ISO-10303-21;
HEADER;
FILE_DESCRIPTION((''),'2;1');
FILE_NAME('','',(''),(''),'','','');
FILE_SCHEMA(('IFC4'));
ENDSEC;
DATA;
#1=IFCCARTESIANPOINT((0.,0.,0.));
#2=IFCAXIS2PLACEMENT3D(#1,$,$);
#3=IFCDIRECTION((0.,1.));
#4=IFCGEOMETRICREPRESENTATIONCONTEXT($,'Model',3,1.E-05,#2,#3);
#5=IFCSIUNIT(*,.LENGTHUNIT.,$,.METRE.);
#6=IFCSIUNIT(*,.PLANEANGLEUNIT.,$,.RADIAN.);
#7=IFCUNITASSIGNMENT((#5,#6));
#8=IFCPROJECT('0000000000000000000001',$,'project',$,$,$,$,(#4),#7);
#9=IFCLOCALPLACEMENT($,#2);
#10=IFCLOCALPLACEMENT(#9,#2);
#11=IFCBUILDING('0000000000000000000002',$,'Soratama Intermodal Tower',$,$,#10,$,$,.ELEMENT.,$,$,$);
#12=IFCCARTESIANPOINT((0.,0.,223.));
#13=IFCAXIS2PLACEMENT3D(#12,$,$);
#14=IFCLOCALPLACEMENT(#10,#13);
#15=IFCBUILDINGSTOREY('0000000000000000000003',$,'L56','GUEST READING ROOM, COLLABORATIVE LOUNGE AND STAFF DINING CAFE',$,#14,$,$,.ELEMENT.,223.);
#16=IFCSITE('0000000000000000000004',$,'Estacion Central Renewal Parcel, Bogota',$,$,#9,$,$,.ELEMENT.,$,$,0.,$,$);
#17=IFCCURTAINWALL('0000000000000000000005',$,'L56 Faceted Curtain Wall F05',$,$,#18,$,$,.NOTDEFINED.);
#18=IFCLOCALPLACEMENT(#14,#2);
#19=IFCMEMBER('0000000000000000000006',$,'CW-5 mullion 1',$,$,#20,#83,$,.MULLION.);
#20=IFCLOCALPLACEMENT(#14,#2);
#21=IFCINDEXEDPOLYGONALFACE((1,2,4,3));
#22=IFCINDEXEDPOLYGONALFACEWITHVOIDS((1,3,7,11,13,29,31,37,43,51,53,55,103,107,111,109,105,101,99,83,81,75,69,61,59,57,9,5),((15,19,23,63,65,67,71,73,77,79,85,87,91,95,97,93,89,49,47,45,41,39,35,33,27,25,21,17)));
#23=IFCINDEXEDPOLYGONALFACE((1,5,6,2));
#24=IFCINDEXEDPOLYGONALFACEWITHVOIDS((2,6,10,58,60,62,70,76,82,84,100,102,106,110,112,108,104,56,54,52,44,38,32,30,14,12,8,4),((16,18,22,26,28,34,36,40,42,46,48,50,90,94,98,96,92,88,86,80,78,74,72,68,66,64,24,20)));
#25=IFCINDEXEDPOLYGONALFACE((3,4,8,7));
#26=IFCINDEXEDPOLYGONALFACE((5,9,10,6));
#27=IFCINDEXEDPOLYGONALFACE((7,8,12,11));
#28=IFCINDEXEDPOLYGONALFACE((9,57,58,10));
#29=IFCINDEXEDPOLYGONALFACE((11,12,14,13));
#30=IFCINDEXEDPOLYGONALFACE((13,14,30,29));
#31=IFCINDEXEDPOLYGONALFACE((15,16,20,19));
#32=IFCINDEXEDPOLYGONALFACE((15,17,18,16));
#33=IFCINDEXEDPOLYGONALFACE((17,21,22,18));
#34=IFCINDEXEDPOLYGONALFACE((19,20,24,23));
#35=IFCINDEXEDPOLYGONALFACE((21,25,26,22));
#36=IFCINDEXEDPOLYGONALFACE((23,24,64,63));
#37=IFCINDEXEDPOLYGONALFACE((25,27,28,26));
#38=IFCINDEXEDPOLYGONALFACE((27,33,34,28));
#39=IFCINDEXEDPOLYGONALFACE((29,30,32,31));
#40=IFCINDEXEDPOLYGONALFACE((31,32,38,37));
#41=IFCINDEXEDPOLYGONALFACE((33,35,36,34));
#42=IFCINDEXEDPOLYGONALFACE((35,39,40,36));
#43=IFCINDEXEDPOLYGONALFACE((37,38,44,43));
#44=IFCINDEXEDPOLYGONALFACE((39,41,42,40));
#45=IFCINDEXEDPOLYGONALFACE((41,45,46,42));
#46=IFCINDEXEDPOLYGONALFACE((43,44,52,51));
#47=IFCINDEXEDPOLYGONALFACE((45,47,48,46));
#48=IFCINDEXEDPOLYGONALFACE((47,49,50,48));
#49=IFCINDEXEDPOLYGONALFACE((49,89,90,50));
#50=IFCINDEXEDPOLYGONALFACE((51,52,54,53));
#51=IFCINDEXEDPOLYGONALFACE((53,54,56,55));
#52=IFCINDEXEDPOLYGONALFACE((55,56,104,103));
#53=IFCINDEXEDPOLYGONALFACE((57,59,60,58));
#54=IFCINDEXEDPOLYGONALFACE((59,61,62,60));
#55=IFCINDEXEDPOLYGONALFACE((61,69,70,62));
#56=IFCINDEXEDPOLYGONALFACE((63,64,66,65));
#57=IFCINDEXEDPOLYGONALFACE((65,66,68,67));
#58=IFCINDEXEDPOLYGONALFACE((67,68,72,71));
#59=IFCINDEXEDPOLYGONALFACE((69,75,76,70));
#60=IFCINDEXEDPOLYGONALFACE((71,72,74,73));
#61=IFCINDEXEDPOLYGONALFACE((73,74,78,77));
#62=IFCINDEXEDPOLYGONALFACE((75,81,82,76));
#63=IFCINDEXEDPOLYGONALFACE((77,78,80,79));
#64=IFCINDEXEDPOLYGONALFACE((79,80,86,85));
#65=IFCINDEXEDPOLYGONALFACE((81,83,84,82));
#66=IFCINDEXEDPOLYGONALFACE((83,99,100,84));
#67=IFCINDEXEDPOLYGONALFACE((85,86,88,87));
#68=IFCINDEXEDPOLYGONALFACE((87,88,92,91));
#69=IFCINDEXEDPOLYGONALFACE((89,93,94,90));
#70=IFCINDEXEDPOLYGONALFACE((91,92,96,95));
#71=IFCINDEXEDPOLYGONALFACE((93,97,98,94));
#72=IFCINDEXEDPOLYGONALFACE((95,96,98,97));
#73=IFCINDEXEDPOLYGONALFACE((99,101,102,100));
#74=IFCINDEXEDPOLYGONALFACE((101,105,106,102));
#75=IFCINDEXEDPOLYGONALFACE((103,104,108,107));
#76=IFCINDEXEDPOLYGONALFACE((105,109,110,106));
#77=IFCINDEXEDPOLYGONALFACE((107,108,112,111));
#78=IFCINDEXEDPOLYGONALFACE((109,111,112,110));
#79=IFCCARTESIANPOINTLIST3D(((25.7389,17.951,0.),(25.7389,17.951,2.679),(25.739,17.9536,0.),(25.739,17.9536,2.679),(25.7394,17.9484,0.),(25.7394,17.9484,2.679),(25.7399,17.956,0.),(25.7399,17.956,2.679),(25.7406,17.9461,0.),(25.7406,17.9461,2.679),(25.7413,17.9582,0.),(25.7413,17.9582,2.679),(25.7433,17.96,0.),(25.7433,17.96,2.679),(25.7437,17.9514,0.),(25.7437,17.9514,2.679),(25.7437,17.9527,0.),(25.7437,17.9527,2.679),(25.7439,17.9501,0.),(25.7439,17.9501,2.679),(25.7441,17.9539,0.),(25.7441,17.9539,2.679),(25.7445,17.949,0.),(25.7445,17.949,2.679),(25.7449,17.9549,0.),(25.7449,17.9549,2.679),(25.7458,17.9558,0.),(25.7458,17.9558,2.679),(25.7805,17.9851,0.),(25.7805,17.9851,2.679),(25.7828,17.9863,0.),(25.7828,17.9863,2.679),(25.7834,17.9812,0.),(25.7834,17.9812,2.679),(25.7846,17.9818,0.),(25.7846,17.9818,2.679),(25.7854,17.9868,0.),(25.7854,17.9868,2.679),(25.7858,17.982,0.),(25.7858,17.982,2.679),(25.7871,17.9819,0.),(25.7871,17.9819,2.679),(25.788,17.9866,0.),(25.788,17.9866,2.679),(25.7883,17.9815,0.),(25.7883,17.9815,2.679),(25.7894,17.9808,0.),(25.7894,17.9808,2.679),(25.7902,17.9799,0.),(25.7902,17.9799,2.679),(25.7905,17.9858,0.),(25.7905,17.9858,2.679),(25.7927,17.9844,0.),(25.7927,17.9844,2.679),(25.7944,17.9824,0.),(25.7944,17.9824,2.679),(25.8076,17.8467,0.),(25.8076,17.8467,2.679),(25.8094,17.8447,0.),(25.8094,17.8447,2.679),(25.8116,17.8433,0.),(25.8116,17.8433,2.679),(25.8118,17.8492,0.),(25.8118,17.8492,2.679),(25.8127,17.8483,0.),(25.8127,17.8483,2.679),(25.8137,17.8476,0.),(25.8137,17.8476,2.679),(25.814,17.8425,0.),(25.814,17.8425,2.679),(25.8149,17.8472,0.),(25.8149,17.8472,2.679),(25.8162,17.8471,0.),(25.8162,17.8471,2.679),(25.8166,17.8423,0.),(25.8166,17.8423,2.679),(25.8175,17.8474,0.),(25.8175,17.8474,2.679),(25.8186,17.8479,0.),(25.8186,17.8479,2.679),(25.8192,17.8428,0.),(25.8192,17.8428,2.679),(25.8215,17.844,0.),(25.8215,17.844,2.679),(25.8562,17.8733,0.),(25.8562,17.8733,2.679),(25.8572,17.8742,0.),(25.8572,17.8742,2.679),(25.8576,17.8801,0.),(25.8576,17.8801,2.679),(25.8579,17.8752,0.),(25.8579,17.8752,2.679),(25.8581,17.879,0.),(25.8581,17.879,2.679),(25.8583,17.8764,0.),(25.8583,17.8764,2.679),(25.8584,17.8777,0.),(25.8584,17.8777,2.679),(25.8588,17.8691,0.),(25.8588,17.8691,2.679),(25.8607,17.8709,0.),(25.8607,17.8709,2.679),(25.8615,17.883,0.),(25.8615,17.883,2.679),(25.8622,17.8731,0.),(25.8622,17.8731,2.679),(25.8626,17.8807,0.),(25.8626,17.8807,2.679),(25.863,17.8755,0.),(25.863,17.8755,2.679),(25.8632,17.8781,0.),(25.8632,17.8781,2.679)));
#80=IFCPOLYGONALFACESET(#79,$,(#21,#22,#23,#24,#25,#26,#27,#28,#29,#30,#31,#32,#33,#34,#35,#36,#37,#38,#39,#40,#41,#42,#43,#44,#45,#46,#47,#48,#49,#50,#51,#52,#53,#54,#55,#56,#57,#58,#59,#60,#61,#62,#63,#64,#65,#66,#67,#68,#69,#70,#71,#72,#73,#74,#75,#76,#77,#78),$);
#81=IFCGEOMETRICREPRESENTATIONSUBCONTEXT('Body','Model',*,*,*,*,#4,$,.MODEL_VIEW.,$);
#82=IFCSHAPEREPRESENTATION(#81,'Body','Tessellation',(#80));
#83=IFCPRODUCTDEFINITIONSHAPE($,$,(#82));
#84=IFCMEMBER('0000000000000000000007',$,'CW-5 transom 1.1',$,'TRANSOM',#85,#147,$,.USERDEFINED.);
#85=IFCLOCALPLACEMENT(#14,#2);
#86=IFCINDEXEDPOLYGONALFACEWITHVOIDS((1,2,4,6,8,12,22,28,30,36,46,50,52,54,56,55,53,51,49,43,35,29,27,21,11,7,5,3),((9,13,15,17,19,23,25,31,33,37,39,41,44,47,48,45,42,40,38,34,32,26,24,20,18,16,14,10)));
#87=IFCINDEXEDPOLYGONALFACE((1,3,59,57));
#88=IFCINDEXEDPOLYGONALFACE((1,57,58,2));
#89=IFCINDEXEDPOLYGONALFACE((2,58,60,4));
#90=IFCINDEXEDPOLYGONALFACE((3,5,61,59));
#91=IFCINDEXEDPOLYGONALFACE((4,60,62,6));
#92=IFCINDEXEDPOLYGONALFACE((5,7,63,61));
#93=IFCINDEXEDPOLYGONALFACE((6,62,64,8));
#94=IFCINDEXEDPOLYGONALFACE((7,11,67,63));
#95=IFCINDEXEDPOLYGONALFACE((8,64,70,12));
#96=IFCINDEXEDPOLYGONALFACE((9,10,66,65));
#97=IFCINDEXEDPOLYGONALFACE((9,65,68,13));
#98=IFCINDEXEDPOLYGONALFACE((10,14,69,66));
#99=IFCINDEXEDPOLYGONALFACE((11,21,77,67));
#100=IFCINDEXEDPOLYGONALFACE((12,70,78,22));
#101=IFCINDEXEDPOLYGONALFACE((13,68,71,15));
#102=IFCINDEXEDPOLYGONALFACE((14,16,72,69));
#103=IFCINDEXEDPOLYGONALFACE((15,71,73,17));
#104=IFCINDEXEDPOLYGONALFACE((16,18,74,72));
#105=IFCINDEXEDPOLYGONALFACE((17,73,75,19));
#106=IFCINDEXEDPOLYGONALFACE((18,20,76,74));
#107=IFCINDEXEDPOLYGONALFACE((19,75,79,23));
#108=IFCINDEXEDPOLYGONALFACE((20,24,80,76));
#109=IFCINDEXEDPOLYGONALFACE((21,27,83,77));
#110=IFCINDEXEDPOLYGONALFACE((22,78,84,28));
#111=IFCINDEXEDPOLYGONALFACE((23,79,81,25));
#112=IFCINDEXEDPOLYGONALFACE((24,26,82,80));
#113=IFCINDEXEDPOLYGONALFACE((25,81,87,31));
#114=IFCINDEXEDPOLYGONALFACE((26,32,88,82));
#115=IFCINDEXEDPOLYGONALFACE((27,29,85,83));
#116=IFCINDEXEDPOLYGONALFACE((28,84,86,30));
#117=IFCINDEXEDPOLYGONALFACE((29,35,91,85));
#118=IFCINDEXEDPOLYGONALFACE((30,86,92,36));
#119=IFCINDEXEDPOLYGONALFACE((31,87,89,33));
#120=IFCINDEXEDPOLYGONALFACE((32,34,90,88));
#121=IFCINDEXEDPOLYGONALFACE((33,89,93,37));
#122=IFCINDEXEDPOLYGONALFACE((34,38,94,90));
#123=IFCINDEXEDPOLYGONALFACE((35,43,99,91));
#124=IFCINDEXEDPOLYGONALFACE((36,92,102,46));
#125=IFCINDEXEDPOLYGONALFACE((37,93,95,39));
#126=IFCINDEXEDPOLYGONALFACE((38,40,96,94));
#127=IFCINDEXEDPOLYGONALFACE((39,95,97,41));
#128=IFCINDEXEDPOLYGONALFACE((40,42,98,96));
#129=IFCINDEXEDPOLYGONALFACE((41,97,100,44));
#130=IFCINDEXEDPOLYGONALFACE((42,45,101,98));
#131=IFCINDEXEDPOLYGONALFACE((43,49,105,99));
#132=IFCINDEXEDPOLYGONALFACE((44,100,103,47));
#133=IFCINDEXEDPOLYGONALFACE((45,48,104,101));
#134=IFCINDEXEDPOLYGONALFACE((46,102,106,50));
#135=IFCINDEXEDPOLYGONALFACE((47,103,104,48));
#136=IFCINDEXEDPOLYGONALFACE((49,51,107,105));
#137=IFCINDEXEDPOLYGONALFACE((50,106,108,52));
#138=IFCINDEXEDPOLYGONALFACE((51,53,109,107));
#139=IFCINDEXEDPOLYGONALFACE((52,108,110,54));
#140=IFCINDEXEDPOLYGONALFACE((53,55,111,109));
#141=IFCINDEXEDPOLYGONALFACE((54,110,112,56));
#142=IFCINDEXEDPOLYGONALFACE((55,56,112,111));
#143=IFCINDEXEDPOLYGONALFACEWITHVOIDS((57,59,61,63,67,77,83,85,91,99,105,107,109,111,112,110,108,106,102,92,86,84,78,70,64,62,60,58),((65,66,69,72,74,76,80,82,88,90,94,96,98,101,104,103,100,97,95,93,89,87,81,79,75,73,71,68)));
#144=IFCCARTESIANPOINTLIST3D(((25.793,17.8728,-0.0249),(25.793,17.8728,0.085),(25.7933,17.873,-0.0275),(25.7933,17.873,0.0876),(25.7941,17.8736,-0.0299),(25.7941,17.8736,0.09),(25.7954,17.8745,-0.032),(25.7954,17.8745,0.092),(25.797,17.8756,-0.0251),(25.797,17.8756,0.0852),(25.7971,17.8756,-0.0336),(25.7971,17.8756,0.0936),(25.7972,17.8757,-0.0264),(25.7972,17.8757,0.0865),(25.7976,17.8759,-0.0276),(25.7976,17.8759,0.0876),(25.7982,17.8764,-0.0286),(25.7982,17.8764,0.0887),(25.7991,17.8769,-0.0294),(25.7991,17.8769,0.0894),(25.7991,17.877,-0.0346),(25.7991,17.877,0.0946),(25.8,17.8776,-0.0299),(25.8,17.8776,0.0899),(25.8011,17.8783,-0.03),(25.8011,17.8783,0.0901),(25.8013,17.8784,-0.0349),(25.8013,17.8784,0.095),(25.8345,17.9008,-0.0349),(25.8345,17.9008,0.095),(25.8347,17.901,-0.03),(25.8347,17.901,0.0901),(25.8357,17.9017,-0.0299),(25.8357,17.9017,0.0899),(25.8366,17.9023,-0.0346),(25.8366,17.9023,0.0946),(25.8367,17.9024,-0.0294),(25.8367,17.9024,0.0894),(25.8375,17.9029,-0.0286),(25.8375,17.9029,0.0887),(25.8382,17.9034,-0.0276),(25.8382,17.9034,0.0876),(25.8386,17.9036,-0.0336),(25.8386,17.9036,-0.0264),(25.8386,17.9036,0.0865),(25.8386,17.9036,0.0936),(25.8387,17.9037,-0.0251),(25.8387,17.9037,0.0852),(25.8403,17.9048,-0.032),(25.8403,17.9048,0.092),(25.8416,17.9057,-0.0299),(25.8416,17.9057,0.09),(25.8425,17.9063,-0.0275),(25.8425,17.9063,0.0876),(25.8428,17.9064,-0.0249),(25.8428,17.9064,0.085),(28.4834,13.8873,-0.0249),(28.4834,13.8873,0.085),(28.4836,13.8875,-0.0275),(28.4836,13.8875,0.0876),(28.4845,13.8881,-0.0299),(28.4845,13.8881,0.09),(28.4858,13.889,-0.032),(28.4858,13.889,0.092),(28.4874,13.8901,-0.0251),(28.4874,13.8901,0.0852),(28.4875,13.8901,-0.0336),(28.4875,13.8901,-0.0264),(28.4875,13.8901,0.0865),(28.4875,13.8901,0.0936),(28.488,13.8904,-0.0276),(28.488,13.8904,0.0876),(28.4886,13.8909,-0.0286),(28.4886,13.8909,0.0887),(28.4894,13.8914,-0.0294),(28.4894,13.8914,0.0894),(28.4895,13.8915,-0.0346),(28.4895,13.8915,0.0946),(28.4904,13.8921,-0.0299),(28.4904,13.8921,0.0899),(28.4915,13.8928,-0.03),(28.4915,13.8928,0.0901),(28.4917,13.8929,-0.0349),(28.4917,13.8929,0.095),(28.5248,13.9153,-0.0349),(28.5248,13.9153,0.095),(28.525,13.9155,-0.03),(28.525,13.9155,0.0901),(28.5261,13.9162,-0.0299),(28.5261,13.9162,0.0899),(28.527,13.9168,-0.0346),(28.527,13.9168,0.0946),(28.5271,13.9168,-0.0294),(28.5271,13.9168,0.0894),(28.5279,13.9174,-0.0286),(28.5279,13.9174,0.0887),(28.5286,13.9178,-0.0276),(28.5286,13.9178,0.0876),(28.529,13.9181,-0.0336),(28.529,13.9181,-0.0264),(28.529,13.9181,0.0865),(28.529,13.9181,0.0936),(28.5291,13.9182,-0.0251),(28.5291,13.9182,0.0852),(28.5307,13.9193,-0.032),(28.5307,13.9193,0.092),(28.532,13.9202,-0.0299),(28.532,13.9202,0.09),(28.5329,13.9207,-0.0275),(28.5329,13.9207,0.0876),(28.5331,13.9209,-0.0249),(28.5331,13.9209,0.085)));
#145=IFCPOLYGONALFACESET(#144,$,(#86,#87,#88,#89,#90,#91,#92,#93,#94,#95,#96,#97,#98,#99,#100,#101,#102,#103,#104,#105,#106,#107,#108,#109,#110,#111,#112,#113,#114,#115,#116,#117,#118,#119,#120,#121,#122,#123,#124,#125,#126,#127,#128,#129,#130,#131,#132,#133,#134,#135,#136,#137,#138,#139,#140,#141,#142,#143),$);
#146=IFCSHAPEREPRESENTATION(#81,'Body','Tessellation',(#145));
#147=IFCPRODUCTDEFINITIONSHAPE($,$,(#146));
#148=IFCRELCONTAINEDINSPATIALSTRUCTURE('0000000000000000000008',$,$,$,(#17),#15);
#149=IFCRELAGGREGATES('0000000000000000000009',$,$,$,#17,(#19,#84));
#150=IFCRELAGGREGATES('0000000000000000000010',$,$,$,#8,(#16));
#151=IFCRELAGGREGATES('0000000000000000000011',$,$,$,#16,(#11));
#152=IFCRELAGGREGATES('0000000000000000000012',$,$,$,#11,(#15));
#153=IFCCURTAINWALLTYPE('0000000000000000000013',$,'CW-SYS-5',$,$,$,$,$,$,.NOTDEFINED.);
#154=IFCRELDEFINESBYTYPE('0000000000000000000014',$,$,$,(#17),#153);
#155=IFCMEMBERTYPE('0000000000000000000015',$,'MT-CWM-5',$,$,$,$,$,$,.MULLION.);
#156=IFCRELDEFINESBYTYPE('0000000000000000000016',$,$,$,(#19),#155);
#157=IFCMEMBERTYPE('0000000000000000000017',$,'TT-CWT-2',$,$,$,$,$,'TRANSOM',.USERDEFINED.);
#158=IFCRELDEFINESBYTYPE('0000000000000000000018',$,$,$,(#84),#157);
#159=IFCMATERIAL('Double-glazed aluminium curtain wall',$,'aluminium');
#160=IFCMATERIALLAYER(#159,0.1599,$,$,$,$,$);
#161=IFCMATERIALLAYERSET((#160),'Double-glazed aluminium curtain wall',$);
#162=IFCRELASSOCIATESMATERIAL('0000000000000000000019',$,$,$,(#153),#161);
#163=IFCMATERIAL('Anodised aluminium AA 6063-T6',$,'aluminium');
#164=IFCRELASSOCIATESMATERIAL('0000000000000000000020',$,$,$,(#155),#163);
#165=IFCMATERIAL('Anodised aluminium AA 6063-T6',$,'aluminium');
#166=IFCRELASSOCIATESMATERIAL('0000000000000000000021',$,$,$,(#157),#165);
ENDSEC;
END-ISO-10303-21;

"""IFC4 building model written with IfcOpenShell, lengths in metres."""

from ifc_helpers import new_model, si_unit, direction, frame, origin, origin_2d, place, context, subcontext, project, spatial, hollow_rectangle, extrude, material, layer, layer_set, material_profile, profile_set, type_object, element, aggregate, save


model = new_model("IFC4")

# Units and contexts
model_context = context("Model", 3, precision=1e-05, world=origin(), true_north=direction((0.0, 1.0)))
body_context = subcontext(model_context, "Body", "Model", "MODEL_VIEW")
ifc_project = project(units=[si_unit("LENGTHUNIT", "METRE"), si_unit("PLANEANGLEUNIT", "RADIAN")], contexts=[model_context])

# Site, building, storey
site_placement = place(None, origin())
site = spatial("IfcSite", under=ifc_project, at=site_placement, Name="Estacion Central Renewal Parcel, Bogota", CompositionType="ELEMENT", RefElevation=0.0)
building_placement = place(site_placement, origin())
building = spatial("IfcBuilding", under=site, at=building_placement, Name="Soratama Intermodal Tower", CompositionType="ELEMENT")
storey_placement = place(building_placement, frame((0.0, 0.0, 223.0)))
storey = spatial("IfcBuildingStorey", under=building, at=storey_placement, Name="L56", Description="GUEST READING ROOM, COLLABORATIVE LOUNGE AND STAFF DINING CAFE", CompositionType="ELEMENT", Elevation=223.0)

# Curtain wall, members
ifc_material_1 = material(Name="Double-glazed aluminium curtain wall", Category="aluminium")
ifc_layer_1 = layer(ifc_material_1, 0.1599)
ifc_layer_set_1 = layer_set([ifc_layer_1], Name="Double-glazed aluminium curtain wall")
curtain_wall_type = type_object("IfcCurtainWallType", Name="CW-SYS-5", PredefinedType="NOTDEFINED", material=ifc_layer_set_1)
curtain_wall_placement = place(storey_placement, origin())
curtain_wall = element("IfcCurtainWall", 1, at=curtain_wall_placement, inside=storey, type_object=curtain_wall_type, Name="L56 Faceted Curtain Wall F05", PredefinedType="NOTDEFINED")
ifc_material_2 = material(Name="Anodised aluminium AA 6063-T6", Category="aluminium")
ifc_material_profile_1 = material_profile(ifc_material_2, hollow_rectangle(XDim=0.0649, YDim=0.1399, WallThickness=0.0049, InnerFilletRadius=0.0049, OuterFilletRadius=0.01, at=origin_2d()), Name="CWM140X65X5")
ifc_profile_set_1 = profile_set([ifc_material_profile_1], Name="Anodised aluminium AA 6063-T6")
member_type_1 = type_object("IfcMemberType", Name="MT-CWM-5", PredefinedType="MULLION", material=ifc_profile_set_1)
member_1_placement = place(storey_placement, frame((25.801, 17.9146, 0.0), z_axis=(0.0, 0.0, 1.0), x_axis=(0.828843, 0.559482, 0.0)))
member_1 = element("IfcMember", 2, at=member_1_placement, type_object=member_type_1, Name="CW-5 mullion 1", PredefinedType="MULLION", context=body_context, shape_type="SweptSolid", body=[
    extrude(hollow_rectangle(XDim=0.0649, YDim=0.1399, WallThickness=0.0049, InnerFilletRadius=0.0049, OuterFilletRadius=0.01, at=origin_2d()), origin(), (0.0, 0.0, 1.0), 2.679),
])
ifc_material_3 = material(Name="Anodised aluminium AA 6063-T6", Category="aluminium")
ifc_material_profile_2 = material_profile(ifc_material_3, hollow_rectangle(XDim=0.0601, YDim=0.1299, WallThickness=0.0049, InnerFilletRadius=0.0049, OuterFilletRadius=0.01, at=origin_2d()), Name="CWT130X60X5")
ifc_profile_set_2 = profile_set([ifc_material_profile_2], Name="Anodised aluminium AA 6063-T6")
member_type_2 = type_object("IfcMemberType", Name="TT-CWT-2", ElementType="TRANSOM", PredefinedType="USERDEFINED", material=ifc_profile_set_2)
member_2_placement = place(storey_placement, frame((25.8179, 17.8896, 0.03), z_axis=(0.559495, -0.828834, 0.0), x_axis=(0.828834, 0.559495, 0.0)))
member_2 = element("IfcMember", 3, at=member_2_placement, type_object=member_type_2, Name="CW-5 transom 1.1", ObjectType="TRANSOM", PredefinedType="USERDEFINED", context=body_context, shape_type="SweptSolid", body=[
    extrude(hollow_rectangle(XDim=0.0601, YDim=0.1299, WallThickness=0.0049, InnerFilletRadius=0.0049, OuterFilletRadius=0.01, at=origin_2d()), origin(), (0.0, 0.0, 1.0), 4.8086),
])
aggregate(curtain_wall, [member_1, member_2])

save(model, "model.ifc")
